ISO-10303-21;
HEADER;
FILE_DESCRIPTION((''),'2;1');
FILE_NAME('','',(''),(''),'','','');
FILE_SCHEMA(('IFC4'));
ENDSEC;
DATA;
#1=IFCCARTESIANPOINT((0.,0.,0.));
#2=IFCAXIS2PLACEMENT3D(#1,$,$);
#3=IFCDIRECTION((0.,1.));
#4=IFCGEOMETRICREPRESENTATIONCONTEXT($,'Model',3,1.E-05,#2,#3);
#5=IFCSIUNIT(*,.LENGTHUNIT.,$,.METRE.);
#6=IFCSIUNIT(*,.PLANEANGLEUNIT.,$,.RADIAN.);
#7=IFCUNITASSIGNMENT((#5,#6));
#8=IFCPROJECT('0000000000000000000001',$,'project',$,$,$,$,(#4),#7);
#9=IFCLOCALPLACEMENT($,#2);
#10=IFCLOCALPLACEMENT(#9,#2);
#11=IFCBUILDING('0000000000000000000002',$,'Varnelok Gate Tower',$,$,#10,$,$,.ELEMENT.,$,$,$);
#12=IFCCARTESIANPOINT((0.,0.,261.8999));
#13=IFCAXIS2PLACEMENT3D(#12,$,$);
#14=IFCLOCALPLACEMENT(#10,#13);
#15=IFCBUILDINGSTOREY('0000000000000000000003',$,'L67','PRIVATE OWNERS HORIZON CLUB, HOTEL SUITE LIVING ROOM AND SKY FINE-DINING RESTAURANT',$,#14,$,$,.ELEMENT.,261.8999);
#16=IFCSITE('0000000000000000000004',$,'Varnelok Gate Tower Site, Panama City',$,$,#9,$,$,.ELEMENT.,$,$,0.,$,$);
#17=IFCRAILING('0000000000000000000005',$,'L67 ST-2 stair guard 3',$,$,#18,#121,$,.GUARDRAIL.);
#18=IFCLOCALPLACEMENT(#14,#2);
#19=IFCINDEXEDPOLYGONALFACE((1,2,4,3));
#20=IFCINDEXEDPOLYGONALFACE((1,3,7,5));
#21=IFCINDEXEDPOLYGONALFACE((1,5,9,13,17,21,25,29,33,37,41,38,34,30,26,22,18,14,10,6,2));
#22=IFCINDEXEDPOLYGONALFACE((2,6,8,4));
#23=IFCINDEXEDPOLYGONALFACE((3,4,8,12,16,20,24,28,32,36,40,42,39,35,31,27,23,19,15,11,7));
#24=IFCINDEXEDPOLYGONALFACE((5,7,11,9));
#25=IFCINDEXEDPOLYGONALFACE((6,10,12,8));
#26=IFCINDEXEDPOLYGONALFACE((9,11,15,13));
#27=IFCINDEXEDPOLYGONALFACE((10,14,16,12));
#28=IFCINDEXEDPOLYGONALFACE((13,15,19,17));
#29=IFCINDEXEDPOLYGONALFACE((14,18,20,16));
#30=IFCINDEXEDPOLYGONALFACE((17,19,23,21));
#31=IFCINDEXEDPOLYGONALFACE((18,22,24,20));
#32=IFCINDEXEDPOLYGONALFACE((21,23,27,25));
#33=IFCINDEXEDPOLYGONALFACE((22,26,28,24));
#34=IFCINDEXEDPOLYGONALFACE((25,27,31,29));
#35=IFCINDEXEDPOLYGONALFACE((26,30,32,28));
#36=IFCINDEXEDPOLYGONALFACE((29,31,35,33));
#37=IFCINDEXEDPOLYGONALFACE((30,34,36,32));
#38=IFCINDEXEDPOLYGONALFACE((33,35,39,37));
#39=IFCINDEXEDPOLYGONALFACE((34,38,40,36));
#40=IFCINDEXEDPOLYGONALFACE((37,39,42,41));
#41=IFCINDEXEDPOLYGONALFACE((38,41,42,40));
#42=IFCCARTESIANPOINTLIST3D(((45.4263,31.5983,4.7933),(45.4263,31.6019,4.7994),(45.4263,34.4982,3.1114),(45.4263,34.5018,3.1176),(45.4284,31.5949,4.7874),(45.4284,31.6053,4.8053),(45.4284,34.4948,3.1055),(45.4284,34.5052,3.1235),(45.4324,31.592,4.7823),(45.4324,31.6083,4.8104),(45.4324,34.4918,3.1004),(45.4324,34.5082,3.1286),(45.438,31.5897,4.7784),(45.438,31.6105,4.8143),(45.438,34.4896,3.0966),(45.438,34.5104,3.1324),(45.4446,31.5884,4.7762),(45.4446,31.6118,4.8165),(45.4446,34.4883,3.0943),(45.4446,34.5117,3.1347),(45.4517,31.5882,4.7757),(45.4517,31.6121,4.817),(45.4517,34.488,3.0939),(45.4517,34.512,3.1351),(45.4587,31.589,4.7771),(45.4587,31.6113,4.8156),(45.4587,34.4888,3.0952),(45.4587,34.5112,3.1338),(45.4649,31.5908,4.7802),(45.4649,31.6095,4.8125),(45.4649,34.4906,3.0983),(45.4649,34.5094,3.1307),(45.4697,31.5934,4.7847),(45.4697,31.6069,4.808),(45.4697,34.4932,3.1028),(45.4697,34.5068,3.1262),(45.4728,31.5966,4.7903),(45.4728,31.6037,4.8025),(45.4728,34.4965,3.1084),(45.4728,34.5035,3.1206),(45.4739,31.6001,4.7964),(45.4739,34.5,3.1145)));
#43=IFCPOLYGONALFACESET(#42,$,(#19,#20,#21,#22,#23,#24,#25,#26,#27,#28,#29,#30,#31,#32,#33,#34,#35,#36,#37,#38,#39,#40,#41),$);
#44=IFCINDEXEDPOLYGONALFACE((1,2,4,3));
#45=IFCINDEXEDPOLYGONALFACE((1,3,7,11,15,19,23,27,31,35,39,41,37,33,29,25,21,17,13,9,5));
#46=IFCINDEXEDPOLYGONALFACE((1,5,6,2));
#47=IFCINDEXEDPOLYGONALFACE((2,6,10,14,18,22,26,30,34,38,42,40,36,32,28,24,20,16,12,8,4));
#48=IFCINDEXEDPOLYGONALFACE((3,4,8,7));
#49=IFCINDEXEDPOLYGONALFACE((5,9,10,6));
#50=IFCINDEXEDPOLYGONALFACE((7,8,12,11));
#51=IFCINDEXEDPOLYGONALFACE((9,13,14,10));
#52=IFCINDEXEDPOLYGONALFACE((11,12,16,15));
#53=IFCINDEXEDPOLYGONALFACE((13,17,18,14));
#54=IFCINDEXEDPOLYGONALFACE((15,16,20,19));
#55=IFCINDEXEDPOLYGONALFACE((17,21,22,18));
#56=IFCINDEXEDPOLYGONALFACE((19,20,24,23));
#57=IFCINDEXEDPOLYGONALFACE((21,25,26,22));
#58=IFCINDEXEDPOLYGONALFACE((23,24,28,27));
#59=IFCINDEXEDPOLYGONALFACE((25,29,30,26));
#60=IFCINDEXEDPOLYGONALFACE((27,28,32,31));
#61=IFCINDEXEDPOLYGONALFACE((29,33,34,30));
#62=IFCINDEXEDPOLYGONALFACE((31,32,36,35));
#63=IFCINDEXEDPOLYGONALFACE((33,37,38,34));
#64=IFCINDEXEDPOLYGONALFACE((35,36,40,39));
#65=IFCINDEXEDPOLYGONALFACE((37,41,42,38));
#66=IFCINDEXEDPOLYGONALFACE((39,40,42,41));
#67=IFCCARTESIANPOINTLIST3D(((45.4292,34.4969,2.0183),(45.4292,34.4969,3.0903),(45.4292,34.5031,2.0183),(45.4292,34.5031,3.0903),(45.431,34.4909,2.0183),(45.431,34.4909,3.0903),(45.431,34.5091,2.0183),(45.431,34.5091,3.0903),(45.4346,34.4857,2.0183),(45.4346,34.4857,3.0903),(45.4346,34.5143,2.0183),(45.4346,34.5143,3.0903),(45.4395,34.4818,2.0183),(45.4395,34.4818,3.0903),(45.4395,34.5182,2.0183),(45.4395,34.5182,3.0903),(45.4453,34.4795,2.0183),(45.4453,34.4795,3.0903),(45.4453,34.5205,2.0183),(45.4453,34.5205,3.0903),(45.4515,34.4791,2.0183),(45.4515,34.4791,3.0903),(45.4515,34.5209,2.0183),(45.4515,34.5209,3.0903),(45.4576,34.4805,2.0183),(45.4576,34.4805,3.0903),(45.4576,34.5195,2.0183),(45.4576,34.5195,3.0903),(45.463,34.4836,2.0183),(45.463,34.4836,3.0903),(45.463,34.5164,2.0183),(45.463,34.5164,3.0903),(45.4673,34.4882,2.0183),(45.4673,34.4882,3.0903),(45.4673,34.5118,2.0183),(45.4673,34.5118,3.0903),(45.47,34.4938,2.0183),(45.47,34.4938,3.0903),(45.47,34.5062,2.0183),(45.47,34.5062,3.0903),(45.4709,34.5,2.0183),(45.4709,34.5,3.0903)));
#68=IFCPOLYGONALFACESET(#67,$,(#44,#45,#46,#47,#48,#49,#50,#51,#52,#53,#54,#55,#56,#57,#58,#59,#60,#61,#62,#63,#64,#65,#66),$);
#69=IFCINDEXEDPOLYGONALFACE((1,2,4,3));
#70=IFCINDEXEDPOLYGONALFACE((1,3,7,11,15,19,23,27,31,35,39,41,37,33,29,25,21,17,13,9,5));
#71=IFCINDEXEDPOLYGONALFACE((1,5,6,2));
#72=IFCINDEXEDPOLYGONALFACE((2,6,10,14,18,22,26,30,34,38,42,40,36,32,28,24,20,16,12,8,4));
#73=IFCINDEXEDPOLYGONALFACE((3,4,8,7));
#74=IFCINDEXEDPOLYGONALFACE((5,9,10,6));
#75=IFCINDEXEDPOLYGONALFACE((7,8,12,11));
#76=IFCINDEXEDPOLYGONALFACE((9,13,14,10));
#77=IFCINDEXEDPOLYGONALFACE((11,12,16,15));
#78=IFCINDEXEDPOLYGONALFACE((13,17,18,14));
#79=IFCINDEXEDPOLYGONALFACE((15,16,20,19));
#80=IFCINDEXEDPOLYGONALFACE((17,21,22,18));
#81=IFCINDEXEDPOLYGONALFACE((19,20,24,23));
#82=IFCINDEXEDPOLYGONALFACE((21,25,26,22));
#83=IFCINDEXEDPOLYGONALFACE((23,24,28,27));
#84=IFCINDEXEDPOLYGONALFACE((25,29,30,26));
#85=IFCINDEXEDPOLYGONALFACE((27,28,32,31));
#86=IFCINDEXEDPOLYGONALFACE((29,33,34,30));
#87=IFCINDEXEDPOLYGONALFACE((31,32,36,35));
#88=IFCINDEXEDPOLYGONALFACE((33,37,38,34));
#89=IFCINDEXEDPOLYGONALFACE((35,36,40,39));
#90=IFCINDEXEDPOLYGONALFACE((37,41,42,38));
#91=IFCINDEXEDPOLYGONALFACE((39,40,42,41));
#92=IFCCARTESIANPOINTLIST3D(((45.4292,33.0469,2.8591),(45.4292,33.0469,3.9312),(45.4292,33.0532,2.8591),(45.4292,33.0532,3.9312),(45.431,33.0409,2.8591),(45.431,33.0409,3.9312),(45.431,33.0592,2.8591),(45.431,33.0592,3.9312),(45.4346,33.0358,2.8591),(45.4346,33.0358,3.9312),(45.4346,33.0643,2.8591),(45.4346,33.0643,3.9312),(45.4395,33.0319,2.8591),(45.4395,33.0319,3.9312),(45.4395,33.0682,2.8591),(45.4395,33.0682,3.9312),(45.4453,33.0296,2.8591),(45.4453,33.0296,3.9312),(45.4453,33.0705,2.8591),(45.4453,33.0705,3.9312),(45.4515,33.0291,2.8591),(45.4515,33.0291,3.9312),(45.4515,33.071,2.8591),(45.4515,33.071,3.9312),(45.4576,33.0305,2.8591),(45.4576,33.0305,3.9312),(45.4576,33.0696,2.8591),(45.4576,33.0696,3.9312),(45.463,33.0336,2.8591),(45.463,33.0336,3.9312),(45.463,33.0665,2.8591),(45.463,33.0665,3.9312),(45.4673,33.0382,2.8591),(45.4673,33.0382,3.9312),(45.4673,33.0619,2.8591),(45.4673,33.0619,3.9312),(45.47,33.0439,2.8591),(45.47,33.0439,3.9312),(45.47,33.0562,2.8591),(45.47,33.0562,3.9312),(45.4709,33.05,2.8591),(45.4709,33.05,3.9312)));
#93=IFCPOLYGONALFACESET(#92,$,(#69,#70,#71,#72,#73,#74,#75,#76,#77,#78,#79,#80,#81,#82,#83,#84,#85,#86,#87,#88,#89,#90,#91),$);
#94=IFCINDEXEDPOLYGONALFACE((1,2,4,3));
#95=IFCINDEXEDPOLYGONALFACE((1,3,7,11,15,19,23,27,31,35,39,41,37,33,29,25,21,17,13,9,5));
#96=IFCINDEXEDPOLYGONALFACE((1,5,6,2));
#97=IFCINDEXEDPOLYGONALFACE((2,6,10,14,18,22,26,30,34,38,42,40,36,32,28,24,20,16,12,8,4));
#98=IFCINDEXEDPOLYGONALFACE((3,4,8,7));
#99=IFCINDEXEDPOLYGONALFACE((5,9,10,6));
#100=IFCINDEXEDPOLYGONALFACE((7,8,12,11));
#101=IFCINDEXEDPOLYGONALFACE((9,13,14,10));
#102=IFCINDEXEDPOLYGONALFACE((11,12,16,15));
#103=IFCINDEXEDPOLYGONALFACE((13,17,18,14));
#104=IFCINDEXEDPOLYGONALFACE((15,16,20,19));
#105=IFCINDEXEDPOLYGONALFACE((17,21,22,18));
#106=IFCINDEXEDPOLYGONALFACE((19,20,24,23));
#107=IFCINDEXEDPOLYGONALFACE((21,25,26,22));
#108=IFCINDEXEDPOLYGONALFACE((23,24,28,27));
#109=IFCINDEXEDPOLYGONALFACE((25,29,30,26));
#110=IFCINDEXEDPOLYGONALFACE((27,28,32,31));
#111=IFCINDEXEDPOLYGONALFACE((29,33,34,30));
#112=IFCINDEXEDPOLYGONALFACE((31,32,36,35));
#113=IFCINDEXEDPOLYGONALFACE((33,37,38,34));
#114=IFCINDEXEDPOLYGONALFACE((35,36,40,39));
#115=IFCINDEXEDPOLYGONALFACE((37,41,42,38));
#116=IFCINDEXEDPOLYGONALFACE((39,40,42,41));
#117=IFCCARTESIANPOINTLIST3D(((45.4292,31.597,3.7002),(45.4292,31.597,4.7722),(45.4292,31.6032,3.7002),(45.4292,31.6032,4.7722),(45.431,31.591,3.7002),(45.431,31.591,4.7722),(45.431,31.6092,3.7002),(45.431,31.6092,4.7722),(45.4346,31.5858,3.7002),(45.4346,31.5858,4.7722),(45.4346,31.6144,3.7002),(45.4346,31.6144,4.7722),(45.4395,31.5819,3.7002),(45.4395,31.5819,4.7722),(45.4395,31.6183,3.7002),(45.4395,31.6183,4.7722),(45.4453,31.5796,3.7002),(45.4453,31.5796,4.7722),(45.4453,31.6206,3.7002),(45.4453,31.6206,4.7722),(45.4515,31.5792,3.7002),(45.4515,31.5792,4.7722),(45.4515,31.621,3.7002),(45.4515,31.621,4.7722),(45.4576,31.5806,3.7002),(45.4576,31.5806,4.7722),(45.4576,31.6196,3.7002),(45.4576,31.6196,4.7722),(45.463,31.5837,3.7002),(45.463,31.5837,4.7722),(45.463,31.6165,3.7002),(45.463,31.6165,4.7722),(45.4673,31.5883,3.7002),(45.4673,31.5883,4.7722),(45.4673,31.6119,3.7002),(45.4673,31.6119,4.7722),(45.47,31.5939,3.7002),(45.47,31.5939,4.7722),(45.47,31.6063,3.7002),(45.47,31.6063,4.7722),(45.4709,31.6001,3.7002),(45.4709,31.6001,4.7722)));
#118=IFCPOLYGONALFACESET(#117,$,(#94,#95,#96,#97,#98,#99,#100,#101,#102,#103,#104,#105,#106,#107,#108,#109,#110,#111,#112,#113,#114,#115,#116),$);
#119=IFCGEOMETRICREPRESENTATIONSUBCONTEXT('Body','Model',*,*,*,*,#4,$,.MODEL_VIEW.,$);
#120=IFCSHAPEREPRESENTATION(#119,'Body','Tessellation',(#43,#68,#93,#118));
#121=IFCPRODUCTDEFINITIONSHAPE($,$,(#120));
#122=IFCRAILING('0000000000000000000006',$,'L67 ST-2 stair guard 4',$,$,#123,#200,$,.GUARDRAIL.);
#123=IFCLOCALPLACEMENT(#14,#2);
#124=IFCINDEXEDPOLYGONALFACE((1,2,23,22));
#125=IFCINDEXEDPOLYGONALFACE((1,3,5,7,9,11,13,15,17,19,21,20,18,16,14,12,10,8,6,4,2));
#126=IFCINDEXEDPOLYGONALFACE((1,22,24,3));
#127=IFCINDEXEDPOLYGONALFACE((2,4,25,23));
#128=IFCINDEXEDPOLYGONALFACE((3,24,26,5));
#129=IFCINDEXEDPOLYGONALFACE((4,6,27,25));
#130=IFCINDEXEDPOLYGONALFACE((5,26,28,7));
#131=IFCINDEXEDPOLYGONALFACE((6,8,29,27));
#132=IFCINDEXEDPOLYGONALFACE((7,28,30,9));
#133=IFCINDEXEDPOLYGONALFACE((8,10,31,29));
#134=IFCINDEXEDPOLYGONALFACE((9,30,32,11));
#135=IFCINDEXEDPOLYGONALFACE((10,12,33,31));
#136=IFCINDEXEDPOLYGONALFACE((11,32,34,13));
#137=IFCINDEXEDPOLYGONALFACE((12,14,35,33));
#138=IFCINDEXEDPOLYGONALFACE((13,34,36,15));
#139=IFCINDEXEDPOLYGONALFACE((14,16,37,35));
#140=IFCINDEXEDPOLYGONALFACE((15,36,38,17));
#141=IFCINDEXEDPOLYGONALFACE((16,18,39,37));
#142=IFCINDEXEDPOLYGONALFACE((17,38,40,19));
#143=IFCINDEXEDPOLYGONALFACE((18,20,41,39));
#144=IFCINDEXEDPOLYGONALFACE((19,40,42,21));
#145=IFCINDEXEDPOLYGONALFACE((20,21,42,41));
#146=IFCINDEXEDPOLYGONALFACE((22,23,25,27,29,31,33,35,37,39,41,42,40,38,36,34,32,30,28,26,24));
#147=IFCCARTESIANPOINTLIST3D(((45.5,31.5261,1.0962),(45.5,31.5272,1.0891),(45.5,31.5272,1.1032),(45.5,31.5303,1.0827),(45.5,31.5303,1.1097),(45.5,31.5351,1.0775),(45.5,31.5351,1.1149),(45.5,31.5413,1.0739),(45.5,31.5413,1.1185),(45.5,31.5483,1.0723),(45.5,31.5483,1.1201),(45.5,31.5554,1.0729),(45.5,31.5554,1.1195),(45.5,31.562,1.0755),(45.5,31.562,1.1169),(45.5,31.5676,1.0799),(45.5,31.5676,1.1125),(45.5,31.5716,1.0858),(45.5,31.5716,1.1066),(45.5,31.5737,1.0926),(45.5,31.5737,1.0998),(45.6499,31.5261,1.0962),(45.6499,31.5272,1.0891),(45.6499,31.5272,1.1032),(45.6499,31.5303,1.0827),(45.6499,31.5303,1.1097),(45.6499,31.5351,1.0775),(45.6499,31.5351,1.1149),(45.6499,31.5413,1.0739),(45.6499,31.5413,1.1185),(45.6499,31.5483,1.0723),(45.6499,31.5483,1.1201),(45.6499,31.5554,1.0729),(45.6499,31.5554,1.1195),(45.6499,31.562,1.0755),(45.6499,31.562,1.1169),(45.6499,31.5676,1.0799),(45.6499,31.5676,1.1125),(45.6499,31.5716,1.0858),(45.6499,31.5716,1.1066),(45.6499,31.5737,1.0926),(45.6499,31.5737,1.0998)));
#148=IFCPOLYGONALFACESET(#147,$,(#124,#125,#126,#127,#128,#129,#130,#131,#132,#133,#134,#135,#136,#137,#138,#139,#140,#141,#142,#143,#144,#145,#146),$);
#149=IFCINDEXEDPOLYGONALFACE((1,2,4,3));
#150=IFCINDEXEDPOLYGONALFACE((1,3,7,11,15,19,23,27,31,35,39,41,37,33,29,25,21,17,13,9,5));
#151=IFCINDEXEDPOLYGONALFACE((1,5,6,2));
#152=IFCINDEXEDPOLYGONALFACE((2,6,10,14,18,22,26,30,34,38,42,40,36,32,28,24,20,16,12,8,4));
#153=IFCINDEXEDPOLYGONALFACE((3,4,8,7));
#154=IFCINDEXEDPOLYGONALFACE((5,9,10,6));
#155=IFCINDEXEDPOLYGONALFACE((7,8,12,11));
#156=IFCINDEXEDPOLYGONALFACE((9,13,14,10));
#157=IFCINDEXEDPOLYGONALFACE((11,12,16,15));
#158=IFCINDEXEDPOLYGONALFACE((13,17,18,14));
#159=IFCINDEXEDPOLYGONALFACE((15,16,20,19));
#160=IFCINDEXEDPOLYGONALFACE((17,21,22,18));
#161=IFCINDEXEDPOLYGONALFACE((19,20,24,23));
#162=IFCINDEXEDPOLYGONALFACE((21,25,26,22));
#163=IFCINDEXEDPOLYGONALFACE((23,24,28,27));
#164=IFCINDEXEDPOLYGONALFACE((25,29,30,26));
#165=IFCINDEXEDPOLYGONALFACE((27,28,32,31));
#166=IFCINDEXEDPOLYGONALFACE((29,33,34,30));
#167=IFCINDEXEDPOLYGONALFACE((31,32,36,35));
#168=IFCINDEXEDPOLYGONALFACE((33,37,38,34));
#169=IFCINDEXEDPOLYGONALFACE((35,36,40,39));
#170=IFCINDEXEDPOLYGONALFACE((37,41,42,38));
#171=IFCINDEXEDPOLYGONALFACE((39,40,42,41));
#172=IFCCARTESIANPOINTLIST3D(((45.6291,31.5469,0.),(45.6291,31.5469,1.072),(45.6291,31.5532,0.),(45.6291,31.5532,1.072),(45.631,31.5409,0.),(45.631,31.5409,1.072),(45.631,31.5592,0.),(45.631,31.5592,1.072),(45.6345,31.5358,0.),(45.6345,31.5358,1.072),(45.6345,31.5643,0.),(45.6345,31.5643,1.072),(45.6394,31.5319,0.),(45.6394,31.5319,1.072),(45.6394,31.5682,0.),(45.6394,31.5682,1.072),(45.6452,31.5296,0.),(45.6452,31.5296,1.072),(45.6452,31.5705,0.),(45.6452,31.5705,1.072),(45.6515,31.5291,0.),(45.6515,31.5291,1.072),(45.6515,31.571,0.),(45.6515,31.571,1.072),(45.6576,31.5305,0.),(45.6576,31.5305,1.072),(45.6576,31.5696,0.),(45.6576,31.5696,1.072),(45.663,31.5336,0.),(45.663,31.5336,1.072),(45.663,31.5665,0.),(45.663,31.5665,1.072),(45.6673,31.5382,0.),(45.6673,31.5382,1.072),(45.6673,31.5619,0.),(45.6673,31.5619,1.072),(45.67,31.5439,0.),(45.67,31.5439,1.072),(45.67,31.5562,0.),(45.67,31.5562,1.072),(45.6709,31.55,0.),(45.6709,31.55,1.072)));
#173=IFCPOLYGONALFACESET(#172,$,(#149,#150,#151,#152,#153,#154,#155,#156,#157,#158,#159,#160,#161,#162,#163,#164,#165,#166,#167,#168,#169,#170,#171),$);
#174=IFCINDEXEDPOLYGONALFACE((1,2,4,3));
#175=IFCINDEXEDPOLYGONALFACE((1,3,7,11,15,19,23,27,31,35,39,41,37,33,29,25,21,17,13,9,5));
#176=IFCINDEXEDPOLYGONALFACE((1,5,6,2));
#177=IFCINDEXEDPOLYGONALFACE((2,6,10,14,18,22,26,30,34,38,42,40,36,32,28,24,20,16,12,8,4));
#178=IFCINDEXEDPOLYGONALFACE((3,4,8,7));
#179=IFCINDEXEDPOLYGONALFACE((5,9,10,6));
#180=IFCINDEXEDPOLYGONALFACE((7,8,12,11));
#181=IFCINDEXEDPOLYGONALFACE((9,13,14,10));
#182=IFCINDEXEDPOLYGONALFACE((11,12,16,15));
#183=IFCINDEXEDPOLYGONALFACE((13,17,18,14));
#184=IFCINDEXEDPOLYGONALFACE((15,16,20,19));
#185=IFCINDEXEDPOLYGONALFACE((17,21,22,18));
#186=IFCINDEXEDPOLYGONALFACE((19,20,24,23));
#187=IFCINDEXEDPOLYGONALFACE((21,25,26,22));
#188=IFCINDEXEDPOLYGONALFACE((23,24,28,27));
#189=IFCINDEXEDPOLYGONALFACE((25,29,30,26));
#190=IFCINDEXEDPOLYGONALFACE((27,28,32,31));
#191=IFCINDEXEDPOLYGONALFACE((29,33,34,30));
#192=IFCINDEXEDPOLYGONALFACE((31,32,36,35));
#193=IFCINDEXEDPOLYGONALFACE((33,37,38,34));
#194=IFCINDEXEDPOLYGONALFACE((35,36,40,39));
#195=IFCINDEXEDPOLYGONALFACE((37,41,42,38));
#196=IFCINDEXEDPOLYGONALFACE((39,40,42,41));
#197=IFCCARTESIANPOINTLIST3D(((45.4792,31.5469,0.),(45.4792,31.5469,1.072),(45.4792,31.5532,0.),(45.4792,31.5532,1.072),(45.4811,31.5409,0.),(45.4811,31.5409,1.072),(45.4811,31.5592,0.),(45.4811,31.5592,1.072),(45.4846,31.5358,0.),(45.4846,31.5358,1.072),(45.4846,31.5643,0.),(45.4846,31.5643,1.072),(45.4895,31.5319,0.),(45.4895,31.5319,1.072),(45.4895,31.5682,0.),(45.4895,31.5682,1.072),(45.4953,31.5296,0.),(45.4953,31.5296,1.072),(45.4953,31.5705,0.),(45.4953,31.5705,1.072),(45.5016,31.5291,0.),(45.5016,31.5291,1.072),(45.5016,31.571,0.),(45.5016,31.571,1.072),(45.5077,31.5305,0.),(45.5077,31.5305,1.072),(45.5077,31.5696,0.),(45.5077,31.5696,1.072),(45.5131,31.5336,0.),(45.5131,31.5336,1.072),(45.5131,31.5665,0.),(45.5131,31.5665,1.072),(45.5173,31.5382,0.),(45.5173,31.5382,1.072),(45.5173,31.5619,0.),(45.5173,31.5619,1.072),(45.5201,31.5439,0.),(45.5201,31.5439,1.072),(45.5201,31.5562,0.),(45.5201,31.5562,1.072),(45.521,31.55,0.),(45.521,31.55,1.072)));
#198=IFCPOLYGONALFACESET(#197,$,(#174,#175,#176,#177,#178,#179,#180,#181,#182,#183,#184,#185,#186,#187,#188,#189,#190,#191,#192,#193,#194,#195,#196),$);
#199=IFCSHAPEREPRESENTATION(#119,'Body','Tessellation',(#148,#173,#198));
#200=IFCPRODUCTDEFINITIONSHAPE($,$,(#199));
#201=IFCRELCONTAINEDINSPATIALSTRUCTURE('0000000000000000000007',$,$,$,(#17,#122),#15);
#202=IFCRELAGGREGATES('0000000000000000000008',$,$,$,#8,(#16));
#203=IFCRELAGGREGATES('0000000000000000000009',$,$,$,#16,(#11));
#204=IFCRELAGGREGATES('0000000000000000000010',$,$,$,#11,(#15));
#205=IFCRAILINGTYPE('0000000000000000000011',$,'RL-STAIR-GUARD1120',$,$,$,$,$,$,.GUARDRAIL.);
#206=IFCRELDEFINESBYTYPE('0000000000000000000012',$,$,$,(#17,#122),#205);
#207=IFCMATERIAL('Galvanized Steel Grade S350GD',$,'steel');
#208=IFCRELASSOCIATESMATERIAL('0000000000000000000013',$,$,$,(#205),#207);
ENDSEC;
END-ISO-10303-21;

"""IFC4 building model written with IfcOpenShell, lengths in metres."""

from ifc_helpers import new_model, si_unit, direction, frame, origin, origin_2d, place, context, subcontext, project, spatial, circle, extrude, material, type_object, element, save


model = new_model("IFC4")

# Units and contexts
model_context = context("Model", 3, precision=1e-05, world=origin(), true_north=direction((0.0, 1.0)))
body_context = subcontext(model_context, "Body", "Model", "MODEL_VIEW")
ifc_project = project(units=[si_unit("LENGTHUNIT", "METRE"), si_unit("PLANEANGLEUNIT", "RADIAN")], contexts=[model_context])

# Site, building, storey
site_placement = place(None, origin())
site = spatial("IfcSite", under=ifc_project, at=site_placement, Name="Varnelok Gate Tower Site, Panama City", CompositionType="ELEMENT", RefElevation=0.0)
building_placement = place(site_placement, origin())
building = spatial("IfcBuilding", under=site, at=building_placement, Name="Varnelok Gate Tower", CompositionType="ELEMENT")
storey_placement = place(building_placement, frame((0.0, 0.0, 261.8999)))
storey = spatial("IfcBuildingStorey", under=building, at=storey_placement, Name="L67", Description="PRIVATE OWNERS HORIZON CLUB, HOTEL SUITE LIVING ROOM AND SKY FINE-DINING RESTAURANT", CompositionType="ELEMENT", Elevation=261.8999)

# Shared definitions
ifc_material_1 = material(Name="Galvanized Steel Grade S350GD", Category="steel")

# Railings
railing_type_1 = type_object("IfcRailingType", Name="RL-STAIR-GUARD1120", PredefinedType="GUARDRAIL", material=ifc_material_1)
railing_1_placement = place(storey_placement, frame((45.45, 34.5, 2.0183)))
element("IfcRailing", 1, at=railing_1_placement, inside=storey, type_object=railing_type_1, Name="L67 ST-2 stair guard 3", PredefinedType="GUARDRAIL", context=body_context, shape_type="SweptSolid", body=[
    extrude(circle(Radius=0.0239, at=origin_2d()), frame((0.0, 0.0, 1.0962), z_axis=(0.0, -0.865039, 0.501705), x_axis=(1.0, 0.0, 0.0)), (0.0, 0.0, 1.0), 3.3523),
    extrude(circle(Radius=0.021, at=origin_2d()), origin(), (0.0, 0.0, 1.0), 1.072),
    extrude(circle(Radius=0.021, at=origin_2d()), frame((0.0, -1.45, 0.8408)), (0.0, 0.0, 1.0), 1.072),
    extrude(circle(Radius=0.021, at=origin_2d()), frame((0.0, -2.8999, 1.6819)), (0.0, 0.0, 1.0), 1.072),
])
railing_2_placement = place(storey_placement, frame((45.6499, 31.55, 0.0)))
element("IfcRailing", 2, at=railing_2_placement, inside=storey, type_object=railing_type_1, Name="L67 ST-2 stair guard 4", PredefinedType="GUARDRAIL", context=body_context, shape_type="SweptSolid", body=[
    extrude(circle(Radius=0.0239, at=origin_2d()), frame((0.0, 0.0, 1.0962), z_axis=(-1.0, 0.0, 0.0), x_axis=(0.0, -1.0, 0.0)), (0.0, 0.0, 1.0), 0.1499),
    extrude(circle(Radius=0.021, at=origin_2d()), origin(), (0.0, 0.0, 1.0), 1.072),
    extrude(circle(Radius=0.021, at=origin_2d()), frame((-0.1499, 0.0, 0.0)), (0.0, 0.0, 1.0), 1.072),
])

save(model, "model.ifc")
